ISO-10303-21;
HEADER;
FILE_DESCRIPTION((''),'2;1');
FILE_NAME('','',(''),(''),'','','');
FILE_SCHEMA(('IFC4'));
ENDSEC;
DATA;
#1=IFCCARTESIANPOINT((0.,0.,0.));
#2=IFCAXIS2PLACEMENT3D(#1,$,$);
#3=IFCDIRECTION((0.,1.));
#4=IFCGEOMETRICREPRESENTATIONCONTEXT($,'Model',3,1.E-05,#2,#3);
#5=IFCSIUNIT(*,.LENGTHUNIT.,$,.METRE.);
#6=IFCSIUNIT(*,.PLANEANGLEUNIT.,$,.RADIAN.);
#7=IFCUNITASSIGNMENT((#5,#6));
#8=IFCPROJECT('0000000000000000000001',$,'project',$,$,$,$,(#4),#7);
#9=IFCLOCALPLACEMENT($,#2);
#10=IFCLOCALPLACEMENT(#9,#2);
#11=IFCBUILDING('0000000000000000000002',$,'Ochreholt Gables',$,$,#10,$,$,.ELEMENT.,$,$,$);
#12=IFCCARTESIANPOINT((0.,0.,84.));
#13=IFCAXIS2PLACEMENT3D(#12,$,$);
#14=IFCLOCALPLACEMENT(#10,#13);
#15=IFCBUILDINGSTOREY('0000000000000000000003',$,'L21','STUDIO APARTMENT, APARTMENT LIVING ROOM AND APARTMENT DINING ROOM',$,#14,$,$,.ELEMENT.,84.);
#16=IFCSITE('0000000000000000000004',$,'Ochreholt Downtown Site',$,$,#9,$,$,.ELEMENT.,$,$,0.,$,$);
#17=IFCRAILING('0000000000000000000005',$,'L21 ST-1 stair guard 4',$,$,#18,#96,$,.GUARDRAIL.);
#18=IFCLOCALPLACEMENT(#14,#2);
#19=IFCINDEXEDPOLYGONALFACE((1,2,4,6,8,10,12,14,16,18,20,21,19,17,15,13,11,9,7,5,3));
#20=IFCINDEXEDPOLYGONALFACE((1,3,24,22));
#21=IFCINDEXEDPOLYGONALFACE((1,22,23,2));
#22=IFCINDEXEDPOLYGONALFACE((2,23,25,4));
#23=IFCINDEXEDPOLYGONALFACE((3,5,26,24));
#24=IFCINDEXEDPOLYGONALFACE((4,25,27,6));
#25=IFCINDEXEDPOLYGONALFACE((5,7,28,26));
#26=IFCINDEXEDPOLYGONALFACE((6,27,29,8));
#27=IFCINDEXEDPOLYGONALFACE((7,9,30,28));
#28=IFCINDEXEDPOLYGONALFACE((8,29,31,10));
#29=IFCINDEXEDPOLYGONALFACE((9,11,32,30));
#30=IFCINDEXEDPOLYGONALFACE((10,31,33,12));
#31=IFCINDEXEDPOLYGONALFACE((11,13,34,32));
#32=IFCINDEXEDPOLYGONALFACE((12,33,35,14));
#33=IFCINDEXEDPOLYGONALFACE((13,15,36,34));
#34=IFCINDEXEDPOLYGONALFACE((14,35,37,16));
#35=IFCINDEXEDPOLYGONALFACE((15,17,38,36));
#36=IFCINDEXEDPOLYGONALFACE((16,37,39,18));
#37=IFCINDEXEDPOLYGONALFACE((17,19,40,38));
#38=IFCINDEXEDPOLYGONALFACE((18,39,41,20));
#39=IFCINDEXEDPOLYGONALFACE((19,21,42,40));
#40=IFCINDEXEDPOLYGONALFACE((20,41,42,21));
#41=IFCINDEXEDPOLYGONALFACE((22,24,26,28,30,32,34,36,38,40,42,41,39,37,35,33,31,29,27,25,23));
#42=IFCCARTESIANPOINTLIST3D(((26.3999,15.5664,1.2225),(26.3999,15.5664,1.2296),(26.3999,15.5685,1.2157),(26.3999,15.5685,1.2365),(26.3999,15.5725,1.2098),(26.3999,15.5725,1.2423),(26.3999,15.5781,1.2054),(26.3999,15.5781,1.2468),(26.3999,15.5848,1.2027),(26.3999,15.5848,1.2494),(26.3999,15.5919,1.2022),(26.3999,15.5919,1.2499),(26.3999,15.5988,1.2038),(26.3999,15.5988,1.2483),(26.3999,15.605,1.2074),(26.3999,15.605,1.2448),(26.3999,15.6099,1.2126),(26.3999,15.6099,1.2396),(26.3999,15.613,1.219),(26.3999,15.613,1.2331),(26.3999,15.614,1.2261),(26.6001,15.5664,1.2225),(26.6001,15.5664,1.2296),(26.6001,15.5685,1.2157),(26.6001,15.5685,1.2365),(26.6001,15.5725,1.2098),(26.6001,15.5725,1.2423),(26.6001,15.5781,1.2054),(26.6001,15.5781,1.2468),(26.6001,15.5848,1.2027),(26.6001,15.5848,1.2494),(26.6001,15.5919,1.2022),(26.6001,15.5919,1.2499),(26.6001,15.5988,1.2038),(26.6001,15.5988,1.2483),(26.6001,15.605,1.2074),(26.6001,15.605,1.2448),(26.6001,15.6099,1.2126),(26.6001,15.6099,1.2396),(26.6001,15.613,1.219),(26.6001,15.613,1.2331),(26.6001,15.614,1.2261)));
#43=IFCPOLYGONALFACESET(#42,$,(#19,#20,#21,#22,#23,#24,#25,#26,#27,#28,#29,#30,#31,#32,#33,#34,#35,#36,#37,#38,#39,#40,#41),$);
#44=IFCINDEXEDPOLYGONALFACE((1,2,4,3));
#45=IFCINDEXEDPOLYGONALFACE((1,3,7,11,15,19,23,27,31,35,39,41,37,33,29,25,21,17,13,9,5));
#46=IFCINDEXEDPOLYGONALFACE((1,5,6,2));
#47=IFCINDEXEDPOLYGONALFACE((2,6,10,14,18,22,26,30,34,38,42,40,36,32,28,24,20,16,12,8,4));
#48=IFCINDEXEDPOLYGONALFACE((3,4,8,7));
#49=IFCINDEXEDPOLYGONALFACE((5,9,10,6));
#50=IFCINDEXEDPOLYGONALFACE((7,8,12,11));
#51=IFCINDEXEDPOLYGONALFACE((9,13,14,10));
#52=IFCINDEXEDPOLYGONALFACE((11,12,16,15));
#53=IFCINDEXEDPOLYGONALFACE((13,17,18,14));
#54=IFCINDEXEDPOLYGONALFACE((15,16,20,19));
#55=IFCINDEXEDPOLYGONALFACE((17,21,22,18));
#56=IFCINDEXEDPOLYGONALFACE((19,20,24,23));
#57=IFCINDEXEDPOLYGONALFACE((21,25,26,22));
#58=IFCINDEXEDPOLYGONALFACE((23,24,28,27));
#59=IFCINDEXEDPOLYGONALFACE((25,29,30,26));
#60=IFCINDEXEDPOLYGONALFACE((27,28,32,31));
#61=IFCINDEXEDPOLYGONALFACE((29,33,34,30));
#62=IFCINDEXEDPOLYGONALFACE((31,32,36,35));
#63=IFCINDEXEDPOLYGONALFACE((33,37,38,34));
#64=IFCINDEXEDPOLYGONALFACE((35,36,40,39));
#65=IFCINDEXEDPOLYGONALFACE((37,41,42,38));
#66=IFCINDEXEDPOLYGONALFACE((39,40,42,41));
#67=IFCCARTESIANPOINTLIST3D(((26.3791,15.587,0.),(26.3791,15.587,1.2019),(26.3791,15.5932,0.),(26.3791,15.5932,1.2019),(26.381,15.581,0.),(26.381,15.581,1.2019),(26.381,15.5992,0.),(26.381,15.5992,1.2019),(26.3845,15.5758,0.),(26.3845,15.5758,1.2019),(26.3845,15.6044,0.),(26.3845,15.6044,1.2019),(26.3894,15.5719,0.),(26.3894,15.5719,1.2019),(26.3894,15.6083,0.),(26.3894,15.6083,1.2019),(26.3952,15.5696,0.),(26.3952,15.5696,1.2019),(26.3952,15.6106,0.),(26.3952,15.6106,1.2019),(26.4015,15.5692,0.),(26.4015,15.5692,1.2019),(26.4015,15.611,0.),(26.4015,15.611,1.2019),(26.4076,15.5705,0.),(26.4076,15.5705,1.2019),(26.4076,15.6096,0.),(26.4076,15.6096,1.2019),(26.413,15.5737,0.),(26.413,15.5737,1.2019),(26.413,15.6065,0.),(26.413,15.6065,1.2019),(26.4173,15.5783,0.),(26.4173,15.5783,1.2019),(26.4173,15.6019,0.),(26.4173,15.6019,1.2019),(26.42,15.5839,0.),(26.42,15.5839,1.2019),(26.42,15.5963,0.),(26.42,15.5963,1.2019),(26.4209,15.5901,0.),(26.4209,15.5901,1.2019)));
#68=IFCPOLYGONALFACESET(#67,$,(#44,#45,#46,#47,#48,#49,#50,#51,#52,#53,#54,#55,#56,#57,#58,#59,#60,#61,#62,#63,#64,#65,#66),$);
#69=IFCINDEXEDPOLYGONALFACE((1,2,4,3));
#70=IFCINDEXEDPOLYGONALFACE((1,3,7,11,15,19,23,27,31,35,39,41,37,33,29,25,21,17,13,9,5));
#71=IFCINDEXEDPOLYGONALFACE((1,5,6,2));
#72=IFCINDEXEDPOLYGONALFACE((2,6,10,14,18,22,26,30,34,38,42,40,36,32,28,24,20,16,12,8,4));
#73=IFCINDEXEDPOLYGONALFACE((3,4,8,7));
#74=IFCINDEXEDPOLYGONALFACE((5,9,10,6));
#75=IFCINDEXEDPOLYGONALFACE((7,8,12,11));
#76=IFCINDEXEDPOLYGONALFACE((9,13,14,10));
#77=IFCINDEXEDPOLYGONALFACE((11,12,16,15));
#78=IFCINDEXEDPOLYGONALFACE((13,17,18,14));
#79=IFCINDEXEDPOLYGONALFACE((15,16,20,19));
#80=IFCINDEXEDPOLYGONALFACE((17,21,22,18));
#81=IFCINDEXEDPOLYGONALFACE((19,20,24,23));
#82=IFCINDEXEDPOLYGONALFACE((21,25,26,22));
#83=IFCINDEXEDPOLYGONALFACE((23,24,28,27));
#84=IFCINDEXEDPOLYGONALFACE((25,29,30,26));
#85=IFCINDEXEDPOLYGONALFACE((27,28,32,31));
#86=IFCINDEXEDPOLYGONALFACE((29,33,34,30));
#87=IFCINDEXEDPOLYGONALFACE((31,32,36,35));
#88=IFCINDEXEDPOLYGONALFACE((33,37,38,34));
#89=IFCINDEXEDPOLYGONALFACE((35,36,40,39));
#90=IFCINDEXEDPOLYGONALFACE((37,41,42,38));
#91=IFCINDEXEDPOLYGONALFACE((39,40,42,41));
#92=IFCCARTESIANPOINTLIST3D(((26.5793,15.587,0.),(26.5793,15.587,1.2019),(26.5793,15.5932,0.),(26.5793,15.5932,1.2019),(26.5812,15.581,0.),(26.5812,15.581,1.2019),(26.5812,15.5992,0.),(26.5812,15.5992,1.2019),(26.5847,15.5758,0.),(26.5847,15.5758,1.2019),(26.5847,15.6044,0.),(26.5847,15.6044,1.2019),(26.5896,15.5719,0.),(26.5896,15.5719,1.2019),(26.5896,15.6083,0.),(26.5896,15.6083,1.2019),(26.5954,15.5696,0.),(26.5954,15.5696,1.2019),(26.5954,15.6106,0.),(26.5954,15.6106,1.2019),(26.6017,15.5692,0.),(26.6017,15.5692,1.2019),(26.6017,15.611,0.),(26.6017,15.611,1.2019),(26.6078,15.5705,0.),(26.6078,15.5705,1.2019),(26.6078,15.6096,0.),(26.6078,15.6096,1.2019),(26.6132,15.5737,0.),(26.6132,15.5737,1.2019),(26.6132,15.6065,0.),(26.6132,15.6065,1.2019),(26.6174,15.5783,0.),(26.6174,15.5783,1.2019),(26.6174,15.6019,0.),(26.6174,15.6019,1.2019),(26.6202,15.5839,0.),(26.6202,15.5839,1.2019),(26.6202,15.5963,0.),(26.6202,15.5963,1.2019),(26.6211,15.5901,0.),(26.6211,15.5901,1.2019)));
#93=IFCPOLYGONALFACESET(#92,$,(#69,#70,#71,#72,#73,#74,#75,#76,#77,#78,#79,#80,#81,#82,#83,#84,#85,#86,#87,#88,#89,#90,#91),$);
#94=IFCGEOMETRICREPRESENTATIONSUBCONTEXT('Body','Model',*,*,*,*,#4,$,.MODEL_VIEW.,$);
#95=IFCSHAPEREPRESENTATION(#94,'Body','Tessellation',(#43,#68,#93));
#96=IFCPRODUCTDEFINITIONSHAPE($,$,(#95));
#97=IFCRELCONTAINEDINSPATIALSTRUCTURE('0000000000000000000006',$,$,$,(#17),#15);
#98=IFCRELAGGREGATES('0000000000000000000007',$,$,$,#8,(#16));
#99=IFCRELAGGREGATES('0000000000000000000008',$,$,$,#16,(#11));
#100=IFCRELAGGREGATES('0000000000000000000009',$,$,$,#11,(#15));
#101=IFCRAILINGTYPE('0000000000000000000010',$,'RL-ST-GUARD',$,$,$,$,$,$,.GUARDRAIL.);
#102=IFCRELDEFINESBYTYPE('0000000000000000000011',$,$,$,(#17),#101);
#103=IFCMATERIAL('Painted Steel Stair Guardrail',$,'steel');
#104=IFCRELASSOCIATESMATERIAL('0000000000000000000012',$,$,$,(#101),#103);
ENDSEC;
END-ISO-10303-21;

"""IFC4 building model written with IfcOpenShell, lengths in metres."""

from ifc_helpers import new_model, si_unit, direction, frame, origin, origin_2d, place, context, subcontext, project, spatial, circle, extrude, material, type_object, element, save


model = new_model("IFC4")

# Units and contexts
model_context = context("Model", 3, precision=1e-05, world=origin(), true_north=direction((0.0, 1.0)))
body_context = subcontext(model_context, "Body", "Model", "MODEL_VIEW")
ifc_project = project(units=[si_unit("LENGTHUNIT", "METRE"), si_unit("PLANEANGLEUNIT", "RADIAN")], contexts=[model_context])

# Site, building, storey
site_placement = place(None, origin())
site = spatial("IfcSite", under=ifc_project, at=site_placement, Name="Ochreholt Downtown Site", CompositionType="ELEMENT", RefElevation=0.0)
building_placement = place(site_placement, origin())
building = spatial("IfcBuilding", under=site, at=building_placement, Name="Ochreholt Gables", CompositionType="ELEMENT")
storey_placement = place(building_placement, frame((0.0, 0.0, 84.0)))
storey = spatial("IfcBuildingStorey", under=building, at=storey_placement, Name="L21", Description="STUDIO APARTMENT, APARTMENT LIVING ROOM AND APARTMENT DINING ROOM", CompositionType="ELEMENT", Elevation=84.0)

# Railing
ifc_material_1 = material(Name="Painted Steel Stair Guardrail", Category="steel")
railing_type_1 = type_object("IfcRailingType", Name="RL-ST-GUARD", PredefinedType="GUARDRAIL", material=ifc_material_1)
railing_1_placement = place(storey_placement, frame((26.3999, 15.5901, 0.0)))
element("IfcRailing", 1, at=railing_1_placement, inside=storey, type_object=railing_type_1, Name="L21 ST-1 stair guard 4", PredefinedType="GUARDRAIL", context=body_context, shape_type="SweptSolid", body=[
    extrude(circle(Radius=0.0239, at=origin_2d()), frame((0.0, 0.0, 1.2261), z_axis=(1.0, 0.0, 0.0), x_axis=(0.0, 1.0, 0.0)), (0.0, 0.0, 1.0), 0.2002),
    extrude(circle(Radius=0.021, at=origin_2d()), origin(), (0.0, 0.0, 1.0), 1.2019),
    extrude(circle(Radius=0.021, at=origin_2d()), frame((0.2002, 0.0, 0.0)), (0.0, 0.0, 1.0), 1.2019),
])

save(model, "model.ifc")
